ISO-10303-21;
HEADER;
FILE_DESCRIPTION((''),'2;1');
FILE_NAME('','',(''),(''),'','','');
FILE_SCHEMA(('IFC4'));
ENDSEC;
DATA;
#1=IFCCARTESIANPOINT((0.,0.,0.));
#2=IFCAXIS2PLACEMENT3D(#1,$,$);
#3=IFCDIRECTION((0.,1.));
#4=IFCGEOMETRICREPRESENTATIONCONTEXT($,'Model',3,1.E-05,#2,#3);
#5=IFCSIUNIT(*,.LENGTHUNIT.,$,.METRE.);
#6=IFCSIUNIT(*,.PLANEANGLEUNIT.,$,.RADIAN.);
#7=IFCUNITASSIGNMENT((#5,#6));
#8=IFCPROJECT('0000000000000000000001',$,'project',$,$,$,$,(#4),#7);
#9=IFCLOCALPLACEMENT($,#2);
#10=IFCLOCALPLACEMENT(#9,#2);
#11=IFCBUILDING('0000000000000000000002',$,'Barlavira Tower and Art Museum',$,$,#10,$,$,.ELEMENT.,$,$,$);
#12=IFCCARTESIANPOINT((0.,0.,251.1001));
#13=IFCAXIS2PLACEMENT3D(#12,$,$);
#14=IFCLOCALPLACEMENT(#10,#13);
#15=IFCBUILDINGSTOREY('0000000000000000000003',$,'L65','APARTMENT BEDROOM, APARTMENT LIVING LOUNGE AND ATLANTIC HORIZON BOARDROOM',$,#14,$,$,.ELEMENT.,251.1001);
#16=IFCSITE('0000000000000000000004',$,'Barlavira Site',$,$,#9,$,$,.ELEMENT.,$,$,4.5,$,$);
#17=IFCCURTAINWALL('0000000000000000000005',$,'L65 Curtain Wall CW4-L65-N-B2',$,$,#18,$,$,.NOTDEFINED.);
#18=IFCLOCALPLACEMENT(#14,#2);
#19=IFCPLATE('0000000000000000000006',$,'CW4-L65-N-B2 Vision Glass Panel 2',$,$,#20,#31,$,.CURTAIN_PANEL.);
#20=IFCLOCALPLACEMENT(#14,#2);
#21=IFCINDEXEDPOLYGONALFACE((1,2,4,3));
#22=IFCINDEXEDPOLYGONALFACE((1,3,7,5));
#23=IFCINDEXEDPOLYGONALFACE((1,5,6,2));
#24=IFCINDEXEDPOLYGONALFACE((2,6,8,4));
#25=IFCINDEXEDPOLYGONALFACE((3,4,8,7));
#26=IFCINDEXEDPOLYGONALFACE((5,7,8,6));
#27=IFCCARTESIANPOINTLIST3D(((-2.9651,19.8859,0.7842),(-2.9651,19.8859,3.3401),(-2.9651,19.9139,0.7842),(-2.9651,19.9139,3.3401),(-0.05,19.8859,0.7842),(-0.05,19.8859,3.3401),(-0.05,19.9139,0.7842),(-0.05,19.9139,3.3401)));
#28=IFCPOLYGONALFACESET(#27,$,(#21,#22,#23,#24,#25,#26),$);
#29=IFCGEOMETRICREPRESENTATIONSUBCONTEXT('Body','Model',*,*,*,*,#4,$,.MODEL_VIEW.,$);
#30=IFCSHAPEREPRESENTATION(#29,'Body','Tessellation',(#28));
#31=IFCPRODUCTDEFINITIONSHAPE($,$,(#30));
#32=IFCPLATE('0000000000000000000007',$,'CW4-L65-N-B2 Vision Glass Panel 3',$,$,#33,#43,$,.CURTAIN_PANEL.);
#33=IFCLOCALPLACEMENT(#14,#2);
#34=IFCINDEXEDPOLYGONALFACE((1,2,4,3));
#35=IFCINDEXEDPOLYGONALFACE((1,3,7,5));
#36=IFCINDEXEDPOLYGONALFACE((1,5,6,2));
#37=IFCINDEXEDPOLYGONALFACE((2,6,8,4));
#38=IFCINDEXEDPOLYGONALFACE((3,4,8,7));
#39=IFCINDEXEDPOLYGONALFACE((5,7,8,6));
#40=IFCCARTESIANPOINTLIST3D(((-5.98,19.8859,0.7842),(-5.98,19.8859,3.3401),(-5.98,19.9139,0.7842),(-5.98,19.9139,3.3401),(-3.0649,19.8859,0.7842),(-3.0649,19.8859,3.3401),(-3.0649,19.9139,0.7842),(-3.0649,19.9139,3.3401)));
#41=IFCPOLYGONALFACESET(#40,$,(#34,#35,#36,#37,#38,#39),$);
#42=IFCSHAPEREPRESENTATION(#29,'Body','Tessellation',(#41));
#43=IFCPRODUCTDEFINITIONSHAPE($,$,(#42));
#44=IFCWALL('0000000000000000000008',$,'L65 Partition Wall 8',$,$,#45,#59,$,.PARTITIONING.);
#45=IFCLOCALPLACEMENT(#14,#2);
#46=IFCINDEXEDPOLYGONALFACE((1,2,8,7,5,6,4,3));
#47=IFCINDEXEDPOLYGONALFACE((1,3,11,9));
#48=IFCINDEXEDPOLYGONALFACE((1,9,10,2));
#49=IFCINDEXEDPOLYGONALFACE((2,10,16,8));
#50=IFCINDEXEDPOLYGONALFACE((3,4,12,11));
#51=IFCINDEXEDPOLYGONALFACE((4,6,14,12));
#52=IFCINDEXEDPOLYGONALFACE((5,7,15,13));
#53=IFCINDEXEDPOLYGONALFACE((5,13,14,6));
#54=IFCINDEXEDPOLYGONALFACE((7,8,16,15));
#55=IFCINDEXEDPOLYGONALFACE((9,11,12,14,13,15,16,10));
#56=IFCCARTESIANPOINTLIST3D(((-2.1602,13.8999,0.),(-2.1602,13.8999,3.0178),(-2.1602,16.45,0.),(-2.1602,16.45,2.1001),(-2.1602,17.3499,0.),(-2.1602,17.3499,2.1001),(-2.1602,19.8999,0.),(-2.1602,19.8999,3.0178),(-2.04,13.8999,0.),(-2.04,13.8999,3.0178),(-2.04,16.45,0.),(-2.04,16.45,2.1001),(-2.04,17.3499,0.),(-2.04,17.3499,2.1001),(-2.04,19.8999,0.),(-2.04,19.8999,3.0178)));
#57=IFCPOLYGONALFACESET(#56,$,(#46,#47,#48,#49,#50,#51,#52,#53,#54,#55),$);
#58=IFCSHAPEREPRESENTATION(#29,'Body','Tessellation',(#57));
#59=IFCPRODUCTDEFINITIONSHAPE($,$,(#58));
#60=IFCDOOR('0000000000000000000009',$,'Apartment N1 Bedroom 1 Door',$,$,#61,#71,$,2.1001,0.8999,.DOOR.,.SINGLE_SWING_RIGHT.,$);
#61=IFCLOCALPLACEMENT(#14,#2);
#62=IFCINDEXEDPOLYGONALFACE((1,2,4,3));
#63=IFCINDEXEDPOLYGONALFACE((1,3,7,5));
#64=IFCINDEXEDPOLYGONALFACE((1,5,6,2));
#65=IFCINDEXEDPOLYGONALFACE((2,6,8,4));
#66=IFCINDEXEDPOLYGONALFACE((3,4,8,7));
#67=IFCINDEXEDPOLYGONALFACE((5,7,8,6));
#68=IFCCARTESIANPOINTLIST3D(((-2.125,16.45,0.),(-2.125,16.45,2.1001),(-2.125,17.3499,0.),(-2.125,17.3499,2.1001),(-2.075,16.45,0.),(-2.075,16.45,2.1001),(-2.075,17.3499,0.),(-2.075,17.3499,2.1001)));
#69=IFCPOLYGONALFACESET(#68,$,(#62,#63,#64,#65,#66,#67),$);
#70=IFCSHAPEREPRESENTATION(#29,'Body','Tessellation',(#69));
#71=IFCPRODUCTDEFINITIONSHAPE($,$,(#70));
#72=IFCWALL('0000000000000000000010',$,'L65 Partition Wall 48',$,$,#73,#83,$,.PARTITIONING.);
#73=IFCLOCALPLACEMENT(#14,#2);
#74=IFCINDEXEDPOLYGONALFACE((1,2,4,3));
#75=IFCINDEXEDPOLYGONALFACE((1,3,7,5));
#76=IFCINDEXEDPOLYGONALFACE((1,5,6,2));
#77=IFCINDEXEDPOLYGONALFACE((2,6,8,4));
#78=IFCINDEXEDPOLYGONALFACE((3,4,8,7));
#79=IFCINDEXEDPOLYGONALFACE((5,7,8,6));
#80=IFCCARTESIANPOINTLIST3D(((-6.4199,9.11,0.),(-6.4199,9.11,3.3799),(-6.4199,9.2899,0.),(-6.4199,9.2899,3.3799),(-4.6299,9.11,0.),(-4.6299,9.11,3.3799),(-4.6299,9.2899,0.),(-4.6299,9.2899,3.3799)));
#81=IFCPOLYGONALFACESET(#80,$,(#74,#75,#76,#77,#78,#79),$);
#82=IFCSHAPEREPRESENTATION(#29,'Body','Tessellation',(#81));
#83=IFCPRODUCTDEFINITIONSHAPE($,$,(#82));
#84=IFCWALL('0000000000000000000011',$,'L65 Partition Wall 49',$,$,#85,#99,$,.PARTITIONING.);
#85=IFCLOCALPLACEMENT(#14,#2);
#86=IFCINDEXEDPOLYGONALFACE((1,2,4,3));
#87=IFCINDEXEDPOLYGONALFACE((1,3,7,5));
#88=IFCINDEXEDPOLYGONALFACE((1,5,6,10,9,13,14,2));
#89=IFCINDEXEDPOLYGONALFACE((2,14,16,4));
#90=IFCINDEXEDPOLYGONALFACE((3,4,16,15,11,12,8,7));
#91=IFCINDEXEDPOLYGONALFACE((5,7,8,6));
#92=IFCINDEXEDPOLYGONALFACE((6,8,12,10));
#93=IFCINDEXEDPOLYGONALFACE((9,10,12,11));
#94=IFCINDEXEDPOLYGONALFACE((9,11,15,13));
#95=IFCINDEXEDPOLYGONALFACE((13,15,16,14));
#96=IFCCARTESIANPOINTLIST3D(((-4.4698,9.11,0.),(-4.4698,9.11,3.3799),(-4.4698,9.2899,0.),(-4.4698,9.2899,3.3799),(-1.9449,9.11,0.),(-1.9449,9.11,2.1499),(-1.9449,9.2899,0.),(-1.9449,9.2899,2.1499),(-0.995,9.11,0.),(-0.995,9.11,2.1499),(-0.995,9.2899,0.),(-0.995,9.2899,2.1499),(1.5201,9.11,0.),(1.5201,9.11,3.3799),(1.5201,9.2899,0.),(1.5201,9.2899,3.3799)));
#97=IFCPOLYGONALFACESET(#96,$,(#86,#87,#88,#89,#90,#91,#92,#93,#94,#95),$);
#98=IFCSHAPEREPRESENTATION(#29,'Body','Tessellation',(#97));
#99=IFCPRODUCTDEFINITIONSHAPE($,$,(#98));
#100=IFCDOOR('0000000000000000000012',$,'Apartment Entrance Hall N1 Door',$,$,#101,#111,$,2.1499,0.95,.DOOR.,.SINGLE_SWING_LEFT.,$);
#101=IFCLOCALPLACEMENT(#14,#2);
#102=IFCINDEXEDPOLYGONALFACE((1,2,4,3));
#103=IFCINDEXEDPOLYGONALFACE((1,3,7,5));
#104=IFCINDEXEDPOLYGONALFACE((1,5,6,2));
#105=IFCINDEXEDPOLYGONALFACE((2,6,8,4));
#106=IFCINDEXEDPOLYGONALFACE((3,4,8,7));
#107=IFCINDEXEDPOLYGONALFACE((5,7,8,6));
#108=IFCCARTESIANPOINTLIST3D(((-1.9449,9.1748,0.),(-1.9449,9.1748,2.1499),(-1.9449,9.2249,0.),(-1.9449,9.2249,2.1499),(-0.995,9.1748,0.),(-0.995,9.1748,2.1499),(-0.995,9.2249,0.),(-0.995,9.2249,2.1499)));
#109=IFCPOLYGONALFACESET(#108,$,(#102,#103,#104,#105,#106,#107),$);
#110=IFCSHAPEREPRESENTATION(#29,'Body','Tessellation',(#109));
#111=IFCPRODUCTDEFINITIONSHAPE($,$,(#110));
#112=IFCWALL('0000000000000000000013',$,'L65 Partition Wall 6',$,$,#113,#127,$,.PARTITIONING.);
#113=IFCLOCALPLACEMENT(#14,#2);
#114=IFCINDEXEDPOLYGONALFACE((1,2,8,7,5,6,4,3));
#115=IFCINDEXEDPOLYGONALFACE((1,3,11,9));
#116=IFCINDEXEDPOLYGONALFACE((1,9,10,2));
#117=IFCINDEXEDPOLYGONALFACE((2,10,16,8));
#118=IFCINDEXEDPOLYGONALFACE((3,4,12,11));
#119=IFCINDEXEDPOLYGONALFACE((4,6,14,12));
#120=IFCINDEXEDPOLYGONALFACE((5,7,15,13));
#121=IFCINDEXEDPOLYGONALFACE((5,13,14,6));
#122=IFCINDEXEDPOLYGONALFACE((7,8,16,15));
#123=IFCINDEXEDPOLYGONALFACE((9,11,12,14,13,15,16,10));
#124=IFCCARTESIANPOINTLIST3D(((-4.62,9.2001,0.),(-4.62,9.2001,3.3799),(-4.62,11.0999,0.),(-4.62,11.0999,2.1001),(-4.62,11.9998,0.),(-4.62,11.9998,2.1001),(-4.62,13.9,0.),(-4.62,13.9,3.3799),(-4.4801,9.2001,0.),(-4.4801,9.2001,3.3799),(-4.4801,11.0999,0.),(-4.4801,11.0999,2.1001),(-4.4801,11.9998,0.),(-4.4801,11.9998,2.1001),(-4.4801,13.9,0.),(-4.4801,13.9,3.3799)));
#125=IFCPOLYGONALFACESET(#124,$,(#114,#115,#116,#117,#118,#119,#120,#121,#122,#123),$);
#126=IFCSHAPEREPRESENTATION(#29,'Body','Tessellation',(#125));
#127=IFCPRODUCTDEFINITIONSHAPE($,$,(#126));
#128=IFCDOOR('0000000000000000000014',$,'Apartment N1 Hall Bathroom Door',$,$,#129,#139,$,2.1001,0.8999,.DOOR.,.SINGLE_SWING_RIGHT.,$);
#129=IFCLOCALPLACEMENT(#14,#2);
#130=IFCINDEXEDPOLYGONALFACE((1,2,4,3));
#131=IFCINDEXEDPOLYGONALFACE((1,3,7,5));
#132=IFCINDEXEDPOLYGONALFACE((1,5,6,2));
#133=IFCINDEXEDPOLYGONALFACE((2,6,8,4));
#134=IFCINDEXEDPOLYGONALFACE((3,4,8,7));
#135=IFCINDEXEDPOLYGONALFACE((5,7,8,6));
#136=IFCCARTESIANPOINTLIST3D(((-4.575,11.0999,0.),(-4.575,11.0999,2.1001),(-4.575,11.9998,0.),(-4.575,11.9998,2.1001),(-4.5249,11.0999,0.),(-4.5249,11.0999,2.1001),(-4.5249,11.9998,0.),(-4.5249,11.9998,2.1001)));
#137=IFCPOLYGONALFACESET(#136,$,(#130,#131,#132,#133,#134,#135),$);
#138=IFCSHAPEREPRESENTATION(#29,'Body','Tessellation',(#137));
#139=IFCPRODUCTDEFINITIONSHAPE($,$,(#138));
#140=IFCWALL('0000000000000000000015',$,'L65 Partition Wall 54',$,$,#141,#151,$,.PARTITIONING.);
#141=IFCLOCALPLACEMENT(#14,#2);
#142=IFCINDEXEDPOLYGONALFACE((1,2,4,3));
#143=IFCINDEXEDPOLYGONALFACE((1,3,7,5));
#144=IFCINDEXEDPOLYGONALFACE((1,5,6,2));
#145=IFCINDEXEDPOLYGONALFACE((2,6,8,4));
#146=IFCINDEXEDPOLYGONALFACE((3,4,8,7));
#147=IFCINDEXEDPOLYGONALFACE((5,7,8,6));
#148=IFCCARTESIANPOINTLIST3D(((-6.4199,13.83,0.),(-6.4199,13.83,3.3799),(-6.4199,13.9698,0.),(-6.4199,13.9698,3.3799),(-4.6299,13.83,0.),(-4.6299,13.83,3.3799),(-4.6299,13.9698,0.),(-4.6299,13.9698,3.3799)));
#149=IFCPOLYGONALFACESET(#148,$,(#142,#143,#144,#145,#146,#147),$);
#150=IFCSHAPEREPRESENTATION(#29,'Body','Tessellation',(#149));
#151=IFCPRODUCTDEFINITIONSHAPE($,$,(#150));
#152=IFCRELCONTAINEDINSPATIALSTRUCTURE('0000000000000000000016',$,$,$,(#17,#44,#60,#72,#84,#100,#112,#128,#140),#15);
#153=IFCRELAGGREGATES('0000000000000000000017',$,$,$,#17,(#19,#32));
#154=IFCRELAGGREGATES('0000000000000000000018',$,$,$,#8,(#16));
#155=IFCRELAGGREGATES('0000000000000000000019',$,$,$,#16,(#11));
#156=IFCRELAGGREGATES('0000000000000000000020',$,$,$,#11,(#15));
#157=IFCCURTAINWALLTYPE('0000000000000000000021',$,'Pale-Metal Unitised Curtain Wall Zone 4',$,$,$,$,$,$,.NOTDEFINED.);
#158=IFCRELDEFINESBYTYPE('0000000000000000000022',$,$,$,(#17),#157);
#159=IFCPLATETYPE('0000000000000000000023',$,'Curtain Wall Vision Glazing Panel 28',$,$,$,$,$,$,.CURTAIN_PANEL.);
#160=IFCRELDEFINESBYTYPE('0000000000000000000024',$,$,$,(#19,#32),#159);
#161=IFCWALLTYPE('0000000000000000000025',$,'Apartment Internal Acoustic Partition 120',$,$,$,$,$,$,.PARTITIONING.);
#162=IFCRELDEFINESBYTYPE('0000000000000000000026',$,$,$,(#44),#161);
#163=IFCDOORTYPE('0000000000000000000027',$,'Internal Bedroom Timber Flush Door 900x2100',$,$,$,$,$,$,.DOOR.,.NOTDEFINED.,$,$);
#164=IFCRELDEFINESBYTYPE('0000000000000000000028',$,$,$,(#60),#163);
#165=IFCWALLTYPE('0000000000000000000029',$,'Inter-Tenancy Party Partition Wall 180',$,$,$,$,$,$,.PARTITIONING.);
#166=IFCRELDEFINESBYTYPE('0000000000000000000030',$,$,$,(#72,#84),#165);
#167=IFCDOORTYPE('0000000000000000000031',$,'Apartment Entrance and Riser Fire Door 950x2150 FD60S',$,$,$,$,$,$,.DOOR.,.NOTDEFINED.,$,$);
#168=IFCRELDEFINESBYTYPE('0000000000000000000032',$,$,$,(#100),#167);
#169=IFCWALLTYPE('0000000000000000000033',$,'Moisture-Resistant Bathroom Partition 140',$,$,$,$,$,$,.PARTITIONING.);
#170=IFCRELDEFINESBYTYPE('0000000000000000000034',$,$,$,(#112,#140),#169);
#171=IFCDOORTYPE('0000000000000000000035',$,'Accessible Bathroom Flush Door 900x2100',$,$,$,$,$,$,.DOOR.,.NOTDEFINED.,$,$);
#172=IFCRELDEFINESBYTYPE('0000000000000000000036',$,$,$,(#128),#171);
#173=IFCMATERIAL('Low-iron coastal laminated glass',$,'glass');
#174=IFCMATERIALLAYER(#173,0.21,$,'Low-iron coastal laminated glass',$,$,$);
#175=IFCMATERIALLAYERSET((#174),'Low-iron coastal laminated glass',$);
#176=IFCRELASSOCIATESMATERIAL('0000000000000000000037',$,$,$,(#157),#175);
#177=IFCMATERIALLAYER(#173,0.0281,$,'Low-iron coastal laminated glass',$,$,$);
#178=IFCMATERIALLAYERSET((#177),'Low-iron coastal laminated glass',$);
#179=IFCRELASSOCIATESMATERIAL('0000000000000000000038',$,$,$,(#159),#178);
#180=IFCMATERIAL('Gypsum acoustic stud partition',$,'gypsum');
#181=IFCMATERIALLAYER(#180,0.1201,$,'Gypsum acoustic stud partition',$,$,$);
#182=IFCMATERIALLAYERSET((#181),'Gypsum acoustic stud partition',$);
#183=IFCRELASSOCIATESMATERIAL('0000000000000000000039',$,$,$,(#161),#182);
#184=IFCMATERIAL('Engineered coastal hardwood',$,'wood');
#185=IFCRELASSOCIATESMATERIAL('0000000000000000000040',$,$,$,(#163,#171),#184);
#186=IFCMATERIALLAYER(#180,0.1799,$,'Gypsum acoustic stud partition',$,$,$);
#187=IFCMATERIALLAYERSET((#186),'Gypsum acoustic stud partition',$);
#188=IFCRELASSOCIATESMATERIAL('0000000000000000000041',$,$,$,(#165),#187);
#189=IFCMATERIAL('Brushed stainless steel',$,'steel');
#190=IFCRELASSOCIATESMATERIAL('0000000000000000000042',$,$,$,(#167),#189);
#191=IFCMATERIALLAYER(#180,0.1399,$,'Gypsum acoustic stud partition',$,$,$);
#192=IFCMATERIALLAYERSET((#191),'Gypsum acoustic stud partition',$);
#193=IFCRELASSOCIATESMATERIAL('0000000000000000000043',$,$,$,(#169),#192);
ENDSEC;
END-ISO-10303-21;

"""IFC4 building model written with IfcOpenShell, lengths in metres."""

from ifc_helpers import new_model, si_unit, direction, frame, frame_2d, origin, origin_2d, place, context, subcontext, project, spatial, rectangle, extrude, material, layer, layer_set, type_object, element, fill, aggregate, save


model = new_model("IFC4")

# Units and contexts
model_context = context("Model", 3, precision=1e-05, world=origin(), true_north=direction((0.0, 1.0)))
body_context = subcontext(model_context, "Body", "Model", "MODEL_VIEW")
ifc_project = project(units=[si_unit("LENGTHUNIT", "METRE"), si_unit("PLANEANGLEUNIT", "RADIAN")], contexts=[model_context])

# Site, building, storey
site_placement = place(None, origin())
site = spatial("IfcSite", under=ifc_project, at=site_placement, Name="Barlavira Site", CompositionType="ELEMENT", RefElevation=4.5)
building_placement = place(site_placement, origin())
building = spatial("IfcBuilding", under=site, at=building_placement, Name="Barlavira Tower and Art Museum", CompositionType="ELEMENT")
storey_placement = place(building_placement, frame((0.0, 0.0, 251.1001)))
storey = spatial("IfcBuildingStorey", under=building, at=storey_placement, Name="L65", Description="APARTMENT BEDROOM, APARTMENT LIVING LOUNGE AND ATLANTIC HORIZON BOARDROOM", CompositionType="ELEMENT", Elevation=251.1001)

# Curtain wall
ifc_material_1 = material(Name="Low-iron coastal laminated glass", Category="glass")
ifc_layer_1 = layer(ifc_material_1, 0.21, Name="Low-iron coastal laminated glass")
ifc_layer_set_1 = layer_set([ifc_layer_1], Name="Low-iron coastal laminated glass")
curtain_wall_type = type_object("IfcCurtainWallType", Name="Pale-Metal Unitised Curtain Wall Zone 4", PredefinedType="NOTDEFINED", material=ifc_layer_set_1)
curtain_wall_placement = place(storey_placement, origin())
curtain_wall = element("IfcCurtainWall", 1, at=curtain_wall_placement, inside=storey, type_object=curtain_wall_type, Name="L65 Curtain Wall CW4-L65-N-B2", PredefinedType="NOTDEFINED")

# Plates
ifc_layer_2 = layer(ifc_material_1, 0.0281, Name="Low-iron coastal laminated glass")
ifc_layer_set_2 = layer_set([ifc_layer_2], Name="Low-iron coastal laminated glass")
plate_type_1 = type_object("IfcPlateType", Name="Curtain Wall Vision Glazing Panel 28", PredefinedType="CURTAIN_PANEL", material=ifc_layer_set_2)
plate_1_placement = place(storey_placement, frame((-1.5076, 19.8999, 0.7842), z_axis=(0.0, 0.0, 1.0), x_axis=(-1.0, 0.0, 0.0)))
plate_1 = element("IfcPlate", 2, at=plate_1_placement, type_object=plate_type_1, Name="CW4-L65-N-B2 Vision Glass Panel 2", PredefinedType="CURTAIN_PANEL", context=body_context, shape_type="SweptSolid", body=[
    extrude(rectangle(XDim=2.915, YDim=0.0281, at=origin_2d()), origin(), (0.0, 0.0, 1.0), 2.5559),
])
plate_2_placement = place(storey_placement, frame((-4.5225, 19.8999, 0.7842), z_axis=(0.0, 0.0, 1.0), x_axis=(-1.0, 0.0, 0.0)))
plate_2 = element("IfcPlate", 3, at=plate_2_placement, type_object=plate_type_1, Name="CW4-L65-N-B2 Vision Glass Panel 3", PredefinedType="CURTAIN_PANEL", context=body_context, shape_type="SweptSolid", body=[
    extrude(rectangle(XDim=2.915, YDim=0.0281, at=origin_2d()), origin(), (0.0, 0.0, 1.0), 2.5559),
])
aggregate(curtain_wall, [plate_1, plate_2])

# Wall, opening, door
ifc_material_2 = material(Name="Gypsum acoustic stud partition", Category="gypsum")
ifc_layer_3 = layer(ifc_material_2, 0.1201, Name="Gypsum acoustic stud partition")
ifc_layer_set_3 = layer_set([ifc_layer_3], Name="Gypsum acoustic stud partition")
wall_type_1 = type_object("IfcWallType", Name="Apartment Internal Acoustic Partition 120", PredefinedType="PARTITIONING", material=ifc_layer_set_3)
wall_1_placement = place(storey_placement, frame((-2.1001, 13.8999, 0.0), z_axis=(0.0, 0.0, 1.0), x_axis=(0.0, 1.0, 0.0)))
wall_1 = element("IfcWall", 4, at=wall_1_placement, inside=storey, type_object=wall_type_1, Name="L65 Partition Wall 8", PredefinedType="PARTITIONING", context=body_context, shape_type="SweptSolid", body=[
    extrude(rectangle(XDim=6.0, YDim=0.1201, at=frame_2d((3.0, 0.0))), origin(), (0.0, 0.0, 1.0), 3.0178),
])
opening_1_placement = place(wall_1_placement, frame((2.55, 0.0, 0.0)))
opening_1 = element("IfcOpeningElement", 5, at=opening_1_placement, cuts=wall_1, PredefinedType="OPENING", context=body_context, shape_type="SweptSolid", body=[
    extrude(rectangle(XDim=0.8999, YDim=2.1001, at=frame_2d((0.45, 1.05))), frame((0.0, 0.0701, 0.0), z_axis=(0.0, -1.0, 0.0), x_axis=(1.0, 0.0, 0.0)), (0.0, 0.0, 1.0), 0.1401),
])
ifc_material_3 = material(Name="Engineered coastal hardwood", Category="wood")
door_type_1 = type_object("IfcDoorType", Name="Internal Bedroom Timber Flush Door 900x2100", OperationType="NOTDEFINED", PredefinedType="DOOR", material=ifc_material_3)
door_1_placement = place(opening_1_placement, origin())
door_1 = element("IfcDoor", 6, at=door_1_placement, inside=storey, type_object=door_type_1, Name="Apartment N1 Bedroom 1 Door", OperationType="SINGLE_SWING_RIGHT", OverallHeight=2.1001, OverallWidth=0.8999, PredefinedType="DOOR", context=body_context, shape_type="SweptSolid", body=[
    extrude(rectangle(XDim=0.8999, YDim=2.1001, at=frame_2d((0.45, 1.05))), frame((0.0, 0.0249, 0.0), z_axis=(0.0, -1.0, 0.0), x_axis=(1.0, 0.0, 0.0)), (0.0, 0.0, 1.0), 0.05),
])
fill(opening_1, door_1)

# Wall
ifc_layer_4 = layer(ifc_material_2, 0.1799, Name="Gypsum acoustic stud partition")
ifc_layer_set_4 = layer_set([ifc_layer_4], Name="Gypsum acoustic stud partition")
wall_type_2 = type_object("IfcWallType", Name="Inter-Tenancy Party Partition Wall 180", PredefinedType="PARTITIONING", material=ifc_layer_set_4)
wall_2_placement = place(storey_placement, frame((-6.4199, 9.2, 0.0), z_axis=(0.0, 0.0, 1.0), x_axis=(1.0, 0.0, 0.0)))
element("IfcWall", 7, at=wall_2_placement, inside=storey, type_object=wall_type_2, Name="L65 Partition Wall 48", PredefinedType="PARTITIONING", context=body_context, shape_type="SweptSolid", body=[
    extrude(rectangle(XDim=1.79, YDim=0.1799, at=frame_2d((0.895, 0.0))), origin(), (0.0, 0.0, 1.0), 3.3799),
])

# Walls, openings, doors
wall_3_placement = place(storey_placement, frame((-4.47, 9.2, 0.0), z_axis=(0.0, 0.0, 1.0), x_axis=(1.0, 0.0, 0.0)))
wall_3 = element("IfcWall", 8, at=wall_3_placement, inside=storey, type_object=wall_type_2, Name="L65 Partition Wall 49", PredefinedType="PARTITIONING", context=body_context, shape_type="SweptSolid", body=[
    extrude(rectangle(XDim=5.99, YDim=0.1799, at=frame_2d((2.9951, 0.0))), origin(), (0.0, 0.0, 1.0), 3.3799),
])
opening_2_placement = place(wall_3_placement, frame((2.5249, 0.0, 0.0)))
opening_2 = element("IfcOpeningElement", 9, at=opening_2_placement, cuts=wall_3, PredefinedType="OPENING", context=body_context, shape_type="SweptSolid", body=[
    extrude(rectangle(XDim=0.95, YDim=2.1499, at=frame_2d((0.4751, 1.075))), frame((0.0, 0.1001, 0.0), z_axis=(0.0, -1.0, 0.0), x_axis=(1.0, 0.0, 0.0)), (0.0, 0.0, 1.0), 0.2),
])
ifc_material_4 = material(Name="Brushed stainless steel", Category="steel")
door_type_2 = type_object("IfcDoorType", Name="Apartment Entrance and Riser Fire Door 950x2150 FD60S", OperationType="NOTDEFINED", PredefinedType="DOOR", material=ifc_material_4)
door_2_placement = place(opening_2_placement, origin())
door_2 = element("IfcDoor", 10, at=door_2_placement, inside=storey, type_object=door_type_2, Name="Apartment Entrance Hall N1 Door", OperationType="SINGLE_SWING_LEFT", OverallHeight=2.1499, OverallWidth=0.95, PredefinedType="DOOR", context=body_context, shape_type="SweptSolid", body=[
    extrude(rectangle(XDim=0.95, YDim=2.1499, at=frame_2d((0.4751, 1.075))), frame((0.0, 0.0249, 0.0), z_axis=(0.0, -1.0, 0.0), x_axis=(1.0, 0.0, 0.0)), (0.0, 0.0, 1.0), 0.05),
])
fill(opening_2, door_2)
ifc_layer_5 = layer(ifc_material_2, 0.1399, Name="Gypsum acoustic stud partition")
ifc_layer_set_5 = layer_set([ifc_layer_5], Name="Gypsum acoustic stud partition")
wall_type_3 = type_object("IfcWallType", Name="Moisture-Resistant Bathroom Partition 140", PredefinedType="PARTITIONING", material=ifc_layer_set_5)
wall_4_placement = place(storey_placement, frame((-4.55, 9.2, 0.0), z_axis=(0.0, 0.0, 1.0), x_axis=(0.0, 1.0, 0.0)))
wall_4 = element("IfcWall", 11, at=wall_4_placement, inside=storey, type_object=wall_type_3, Name="L65 Partition Wall 6", PredefinedType="PARTITIONING", context=body_context, shape_type="SweptSolid", body=[
    extrude(rectangle(XDim=4.7, YDim=0.1399, at=frame_2d((2.3501, 0.0))), origin(), (0.0, 0.0, 1.0), 3.3799),
])
opening_3_placement = place(wall_4_placement, frame((1.8999, 0.0, 0.0)))
opening_3 = element("IfcOpeningElement", 12, at=opening_3_placement, cuts=wall_4, PredefinedType="OPENING", context=body_context, shape_type="SweptSolid", body=[
    extrude(rectangle(XDim=0.8999, YDim=2.1001, at=frame_2d((0.45, 1.05))), frame((0.0, 0.0801, 0.0), z_axis=(0.0, -1.0, 0.0), x_axis=(1.0, 0.0, 0.0)), (0.0, 0.0, 1.0), 0.1599),
])
door_type_3 = type_object("IfcDoorType", Name="Accessible Bathroom Flush Door 900x2100", OperationType="NOTDEFINED", PredefinedType="DOOR", material=ifc_material_3)
door_3_placement = place(opening_3_placement, origin())
door_3 = element("IfcDoor", 13, at=door_3_placement, inside=storey, type_object=door_type_3, Name="Apartment N1 Hall Bathroom Door", OperationType="SINGLE_SWING_RIGHT", OverallHeight=2.1001, OverallWidth=0.8999, PredefinedType="DOOR", context=body_context, shape_type="SweptSolid", body=[
    extrude(rectangle(XDim=0.8999, YDim=2.1001, at=frame_2d((0.45, 1.05))), frame((0.0, 0.0249, 0.0), z_axis=(0.0, -1.0, 0.0), x_axis=(1.0, 0.0, 0.0)), (0.0, 0.0, 1.0), 0.05),
])
fill(opening_3, door_3)

# Wall
wall_5_placement = place(storey_placement, frame((-6.4199, 13.8999, 0.0), z_axis=(0.0, 0.0, 1.0), x_axis=(1.0, 0.0, 0.0)))
element("IfcWall", 14, at=wall_5_placement, inside=storey, type_object=wall_type_3, Name="L65 Partition Wall 54", PredefinedType="PARTITIONING", context=body_context, shape_type="SweptSolid", body=[
    extrude(rectangle(XDim=1.79, YDim=0.1399, at=frame_2d((0.895, 0.0))), origin(), (0.0, 0.0, 1.0), 3.3799),
])

save(model, "model.ifc")
